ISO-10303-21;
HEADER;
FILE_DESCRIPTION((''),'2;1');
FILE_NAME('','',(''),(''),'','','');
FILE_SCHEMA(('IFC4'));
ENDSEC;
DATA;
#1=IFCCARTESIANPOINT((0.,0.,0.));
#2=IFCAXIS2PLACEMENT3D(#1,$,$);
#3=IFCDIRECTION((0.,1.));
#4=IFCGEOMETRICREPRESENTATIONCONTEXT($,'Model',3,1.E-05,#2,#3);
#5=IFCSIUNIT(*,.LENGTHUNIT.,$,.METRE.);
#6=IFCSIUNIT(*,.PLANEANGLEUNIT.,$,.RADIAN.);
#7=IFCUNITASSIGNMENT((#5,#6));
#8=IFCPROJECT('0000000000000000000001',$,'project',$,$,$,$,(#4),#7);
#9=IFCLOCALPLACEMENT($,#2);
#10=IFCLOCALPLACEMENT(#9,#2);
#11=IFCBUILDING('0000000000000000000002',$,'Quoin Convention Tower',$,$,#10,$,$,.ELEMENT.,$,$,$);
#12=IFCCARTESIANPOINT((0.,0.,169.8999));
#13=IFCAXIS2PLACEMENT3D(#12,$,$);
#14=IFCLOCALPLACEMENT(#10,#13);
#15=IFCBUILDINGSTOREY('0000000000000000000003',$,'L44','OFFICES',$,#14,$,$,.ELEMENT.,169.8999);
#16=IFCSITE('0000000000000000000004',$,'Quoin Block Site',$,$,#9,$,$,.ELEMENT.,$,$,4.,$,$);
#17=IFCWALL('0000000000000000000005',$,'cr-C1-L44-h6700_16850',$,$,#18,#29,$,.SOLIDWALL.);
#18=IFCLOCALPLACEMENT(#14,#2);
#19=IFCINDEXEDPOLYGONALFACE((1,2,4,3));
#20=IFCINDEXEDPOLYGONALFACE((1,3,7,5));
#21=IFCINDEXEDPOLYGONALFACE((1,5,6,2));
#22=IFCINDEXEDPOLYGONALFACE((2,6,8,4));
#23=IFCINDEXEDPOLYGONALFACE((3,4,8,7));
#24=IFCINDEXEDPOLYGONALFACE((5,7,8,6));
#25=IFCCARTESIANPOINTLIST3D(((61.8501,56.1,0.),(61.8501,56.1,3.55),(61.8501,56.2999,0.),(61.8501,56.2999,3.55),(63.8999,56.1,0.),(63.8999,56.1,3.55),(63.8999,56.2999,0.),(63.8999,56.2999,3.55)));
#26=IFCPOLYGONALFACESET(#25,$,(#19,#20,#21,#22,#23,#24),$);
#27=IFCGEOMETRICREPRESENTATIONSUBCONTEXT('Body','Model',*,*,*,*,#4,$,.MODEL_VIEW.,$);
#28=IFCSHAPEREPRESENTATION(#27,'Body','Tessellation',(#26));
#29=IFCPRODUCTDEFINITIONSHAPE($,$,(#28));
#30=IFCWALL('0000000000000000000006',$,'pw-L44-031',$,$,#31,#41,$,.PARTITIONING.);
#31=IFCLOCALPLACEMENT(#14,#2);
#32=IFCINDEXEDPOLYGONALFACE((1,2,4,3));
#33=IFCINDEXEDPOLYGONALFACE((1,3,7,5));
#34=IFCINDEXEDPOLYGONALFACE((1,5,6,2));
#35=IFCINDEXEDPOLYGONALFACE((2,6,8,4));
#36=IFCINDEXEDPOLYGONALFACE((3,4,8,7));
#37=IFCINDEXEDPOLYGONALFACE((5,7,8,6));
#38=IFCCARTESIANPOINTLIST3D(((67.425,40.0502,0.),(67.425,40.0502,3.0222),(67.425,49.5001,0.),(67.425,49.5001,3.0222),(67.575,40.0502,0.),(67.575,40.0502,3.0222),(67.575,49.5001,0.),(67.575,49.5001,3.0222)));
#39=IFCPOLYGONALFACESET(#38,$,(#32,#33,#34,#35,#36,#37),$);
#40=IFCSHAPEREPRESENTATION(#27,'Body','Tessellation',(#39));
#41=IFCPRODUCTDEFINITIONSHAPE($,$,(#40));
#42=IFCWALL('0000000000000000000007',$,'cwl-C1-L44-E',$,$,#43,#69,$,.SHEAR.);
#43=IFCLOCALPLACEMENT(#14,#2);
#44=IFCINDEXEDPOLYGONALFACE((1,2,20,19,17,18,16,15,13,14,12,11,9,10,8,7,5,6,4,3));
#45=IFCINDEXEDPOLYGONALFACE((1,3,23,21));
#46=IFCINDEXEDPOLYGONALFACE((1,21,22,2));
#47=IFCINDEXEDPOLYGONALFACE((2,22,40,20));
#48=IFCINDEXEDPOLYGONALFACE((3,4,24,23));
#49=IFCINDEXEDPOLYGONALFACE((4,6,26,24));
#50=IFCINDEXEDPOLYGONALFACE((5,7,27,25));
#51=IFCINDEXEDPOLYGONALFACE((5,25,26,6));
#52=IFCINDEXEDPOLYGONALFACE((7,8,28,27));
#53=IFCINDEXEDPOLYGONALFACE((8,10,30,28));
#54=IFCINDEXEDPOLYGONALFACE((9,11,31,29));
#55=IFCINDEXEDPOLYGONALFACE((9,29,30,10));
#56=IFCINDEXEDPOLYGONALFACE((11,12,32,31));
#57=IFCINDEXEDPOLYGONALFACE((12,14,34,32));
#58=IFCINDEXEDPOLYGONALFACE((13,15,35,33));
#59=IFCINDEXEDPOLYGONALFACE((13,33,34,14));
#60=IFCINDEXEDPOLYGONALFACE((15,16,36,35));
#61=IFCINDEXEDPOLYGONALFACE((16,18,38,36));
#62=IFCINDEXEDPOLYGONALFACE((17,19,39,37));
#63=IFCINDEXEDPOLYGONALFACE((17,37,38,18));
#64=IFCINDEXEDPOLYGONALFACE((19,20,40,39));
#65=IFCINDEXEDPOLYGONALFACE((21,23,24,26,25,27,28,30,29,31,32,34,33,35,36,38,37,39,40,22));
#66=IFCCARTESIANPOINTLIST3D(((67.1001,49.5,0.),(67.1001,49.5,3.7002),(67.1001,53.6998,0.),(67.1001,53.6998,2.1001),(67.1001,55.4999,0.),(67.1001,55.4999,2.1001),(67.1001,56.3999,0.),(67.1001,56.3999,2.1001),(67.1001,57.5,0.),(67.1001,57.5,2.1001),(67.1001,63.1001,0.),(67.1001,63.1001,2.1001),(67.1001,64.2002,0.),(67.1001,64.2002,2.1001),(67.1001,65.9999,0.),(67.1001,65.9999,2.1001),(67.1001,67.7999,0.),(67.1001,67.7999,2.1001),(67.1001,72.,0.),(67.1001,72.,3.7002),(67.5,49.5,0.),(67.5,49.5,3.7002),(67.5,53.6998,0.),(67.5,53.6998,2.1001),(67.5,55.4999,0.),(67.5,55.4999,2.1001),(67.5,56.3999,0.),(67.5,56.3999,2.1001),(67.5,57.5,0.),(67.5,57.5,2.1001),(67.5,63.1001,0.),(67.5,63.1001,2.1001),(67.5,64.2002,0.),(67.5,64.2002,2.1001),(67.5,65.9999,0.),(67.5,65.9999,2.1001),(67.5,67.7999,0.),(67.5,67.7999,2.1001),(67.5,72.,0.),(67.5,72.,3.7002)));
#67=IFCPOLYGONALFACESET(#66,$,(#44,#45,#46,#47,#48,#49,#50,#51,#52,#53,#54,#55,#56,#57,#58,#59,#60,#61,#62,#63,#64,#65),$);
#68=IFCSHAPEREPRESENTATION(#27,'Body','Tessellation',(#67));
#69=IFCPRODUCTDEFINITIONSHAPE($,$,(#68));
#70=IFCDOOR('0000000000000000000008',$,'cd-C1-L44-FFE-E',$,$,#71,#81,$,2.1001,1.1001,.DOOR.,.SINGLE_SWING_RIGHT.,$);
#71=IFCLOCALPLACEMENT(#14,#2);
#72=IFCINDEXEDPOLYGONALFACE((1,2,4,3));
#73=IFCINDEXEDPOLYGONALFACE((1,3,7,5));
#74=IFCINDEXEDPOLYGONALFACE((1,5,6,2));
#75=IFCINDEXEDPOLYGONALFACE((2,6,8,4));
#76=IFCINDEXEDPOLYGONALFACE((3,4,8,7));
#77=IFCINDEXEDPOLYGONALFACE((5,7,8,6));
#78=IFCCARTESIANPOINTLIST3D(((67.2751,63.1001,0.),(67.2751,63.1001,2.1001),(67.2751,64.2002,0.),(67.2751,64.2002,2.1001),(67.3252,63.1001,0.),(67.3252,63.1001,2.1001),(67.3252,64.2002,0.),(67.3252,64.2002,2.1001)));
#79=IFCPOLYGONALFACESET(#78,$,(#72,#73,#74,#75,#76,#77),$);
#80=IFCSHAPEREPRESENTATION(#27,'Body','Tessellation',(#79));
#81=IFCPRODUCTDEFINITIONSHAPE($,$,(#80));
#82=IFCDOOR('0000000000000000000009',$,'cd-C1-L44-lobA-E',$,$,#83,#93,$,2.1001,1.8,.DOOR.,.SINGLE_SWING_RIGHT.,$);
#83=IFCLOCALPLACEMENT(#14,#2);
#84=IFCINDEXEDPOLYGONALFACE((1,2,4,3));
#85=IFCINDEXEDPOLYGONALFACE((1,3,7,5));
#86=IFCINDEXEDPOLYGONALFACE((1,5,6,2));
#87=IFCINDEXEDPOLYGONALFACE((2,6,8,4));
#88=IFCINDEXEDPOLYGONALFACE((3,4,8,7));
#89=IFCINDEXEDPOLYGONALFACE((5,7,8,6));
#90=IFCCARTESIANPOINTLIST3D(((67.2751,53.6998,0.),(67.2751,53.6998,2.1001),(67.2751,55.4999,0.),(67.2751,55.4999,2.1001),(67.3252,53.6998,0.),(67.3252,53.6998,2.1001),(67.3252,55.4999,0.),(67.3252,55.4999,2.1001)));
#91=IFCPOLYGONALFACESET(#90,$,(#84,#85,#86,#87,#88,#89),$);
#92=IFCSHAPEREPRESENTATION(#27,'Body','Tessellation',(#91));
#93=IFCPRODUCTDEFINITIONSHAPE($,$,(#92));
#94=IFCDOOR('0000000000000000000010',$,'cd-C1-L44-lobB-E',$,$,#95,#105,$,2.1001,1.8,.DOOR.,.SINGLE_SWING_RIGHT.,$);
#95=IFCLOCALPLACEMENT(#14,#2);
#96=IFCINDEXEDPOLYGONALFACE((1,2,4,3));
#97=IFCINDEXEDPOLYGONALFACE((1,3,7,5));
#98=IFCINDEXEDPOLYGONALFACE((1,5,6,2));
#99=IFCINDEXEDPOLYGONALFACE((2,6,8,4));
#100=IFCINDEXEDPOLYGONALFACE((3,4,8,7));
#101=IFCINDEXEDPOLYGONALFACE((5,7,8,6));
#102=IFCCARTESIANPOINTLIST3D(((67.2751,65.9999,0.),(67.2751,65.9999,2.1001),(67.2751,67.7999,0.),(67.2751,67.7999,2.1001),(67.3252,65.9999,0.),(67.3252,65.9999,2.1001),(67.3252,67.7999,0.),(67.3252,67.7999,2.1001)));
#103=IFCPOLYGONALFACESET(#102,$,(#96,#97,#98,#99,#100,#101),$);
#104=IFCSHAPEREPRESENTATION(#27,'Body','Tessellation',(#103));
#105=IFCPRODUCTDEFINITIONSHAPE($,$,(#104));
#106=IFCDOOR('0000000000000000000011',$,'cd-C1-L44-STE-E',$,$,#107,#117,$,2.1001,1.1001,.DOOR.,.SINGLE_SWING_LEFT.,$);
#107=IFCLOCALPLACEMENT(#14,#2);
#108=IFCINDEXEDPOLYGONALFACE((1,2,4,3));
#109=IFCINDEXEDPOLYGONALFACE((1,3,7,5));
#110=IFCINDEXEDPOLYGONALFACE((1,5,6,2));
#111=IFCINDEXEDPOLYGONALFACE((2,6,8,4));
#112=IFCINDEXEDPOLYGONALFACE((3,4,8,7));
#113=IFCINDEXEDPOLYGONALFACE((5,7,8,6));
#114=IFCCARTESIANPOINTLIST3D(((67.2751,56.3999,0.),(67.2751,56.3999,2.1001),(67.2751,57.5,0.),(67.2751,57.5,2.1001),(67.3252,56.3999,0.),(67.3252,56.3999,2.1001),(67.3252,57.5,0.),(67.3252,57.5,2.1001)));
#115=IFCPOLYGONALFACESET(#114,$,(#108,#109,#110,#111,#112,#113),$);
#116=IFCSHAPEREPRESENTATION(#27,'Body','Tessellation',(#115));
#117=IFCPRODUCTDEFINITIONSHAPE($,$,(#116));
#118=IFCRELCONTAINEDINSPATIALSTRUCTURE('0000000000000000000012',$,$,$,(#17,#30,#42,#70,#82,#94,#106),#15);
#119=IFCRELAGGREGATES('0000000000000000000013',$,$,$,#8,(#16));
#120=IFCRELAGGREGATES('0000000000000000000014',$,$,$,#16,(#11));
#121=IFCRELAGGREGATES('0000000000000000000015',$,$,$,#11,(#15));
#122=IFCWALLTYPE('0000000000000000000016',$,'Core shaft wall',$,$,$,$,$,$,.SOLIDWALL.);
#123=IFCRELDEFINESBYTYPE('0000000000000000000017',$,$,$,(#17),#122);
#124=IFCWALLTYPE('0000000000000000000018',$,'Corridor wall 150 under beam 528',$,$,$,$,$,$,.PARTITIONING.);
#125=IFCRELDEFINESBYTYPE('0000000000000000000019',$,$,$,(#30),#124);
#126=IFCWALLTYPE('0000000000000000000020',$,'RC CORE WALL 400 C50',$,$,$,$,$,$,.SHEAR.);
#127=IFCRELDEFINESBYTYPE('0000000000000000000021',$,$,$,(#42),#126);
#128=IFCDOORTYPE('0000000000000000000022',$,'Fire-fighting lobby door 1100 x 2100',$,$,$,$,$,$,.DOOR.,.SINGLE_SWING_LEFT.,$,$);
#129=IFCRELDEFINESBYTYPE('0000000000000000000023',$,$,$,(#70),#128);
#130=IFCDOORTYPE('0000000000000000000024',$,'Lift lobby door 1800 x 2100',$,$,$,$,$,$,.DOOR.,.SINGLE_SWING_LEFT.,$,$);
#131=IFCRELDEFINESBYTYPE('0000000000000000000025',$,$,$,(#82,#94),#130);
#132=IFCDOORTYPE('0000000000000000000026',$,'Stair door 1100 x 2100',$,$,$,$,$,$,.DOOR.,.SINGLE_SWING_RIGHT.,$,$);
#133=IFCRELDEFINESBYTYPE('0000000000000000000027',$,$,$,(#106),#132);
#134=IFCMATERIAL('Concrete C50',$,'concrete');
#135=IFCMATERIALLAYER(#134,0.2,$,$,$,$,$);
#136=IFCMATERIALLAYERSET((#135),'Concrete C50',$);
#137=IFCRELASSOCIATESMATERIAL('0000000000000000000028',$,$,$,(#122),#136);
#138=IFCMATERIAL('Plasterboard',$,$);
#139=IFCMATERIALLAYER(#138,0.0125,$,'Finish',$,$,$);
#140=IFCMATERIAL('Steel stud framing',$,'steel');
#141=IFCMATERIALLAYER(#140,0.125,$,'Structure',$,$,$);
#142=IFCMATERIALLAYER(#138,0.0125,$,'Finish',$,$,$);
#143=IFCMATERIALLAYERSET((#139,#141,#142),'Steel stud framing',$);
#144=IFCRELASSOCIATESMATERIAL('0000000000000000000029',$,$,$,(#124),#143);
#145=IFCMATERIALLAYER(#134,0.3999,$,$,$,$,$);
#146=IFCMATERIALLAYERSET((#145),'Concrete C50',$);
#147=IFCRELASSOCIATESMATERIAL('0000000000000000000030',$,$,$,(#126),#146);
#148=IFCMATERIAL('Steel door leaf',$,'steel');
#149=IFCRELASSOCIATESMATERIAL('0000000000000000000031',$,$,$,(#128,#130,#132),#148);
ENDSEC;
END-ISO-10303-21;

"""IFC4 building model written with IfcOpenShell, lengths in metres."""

from ifc_helpers import new_model, si_unit, direction, frame, frame_2d, origin, place, context, subcontext, project, spatial, rectangle, extrude, material, layer, layer_set, type_object, element, fill, save


model = new_model("IFC4")

# Units and contexts
model_context = context("Model", 3, precision=1e-05, world=origin(), true_north=direction((0.0, 1.0)))
body_context = subcontext(model_context, "Body", "Model", "MODEL_VIEW")
ifc_project = project(units=[si_unit("LENGTHUNIT", "METRE"), si_unit("PLANEANGLEUNIT", "RADIAN")], contexts=[model_context])

# Site, building, storey
site_placement = place(None, origin())
site = spatial("IfcSite", under=ifc_project, at=site_placement, Name="Quoin Block Site", CompositionType="ELEMENT", RefElevation=4.0)
building_placement = place(site_placement, origin())
building = spatial("IfcBuilding", under=site, at=building_placement, Name="Quoin Convention Tower", CompositionType="ELEMENT")
storey_placement = place(building_placement, frame((0.0, 0.0, 169.8999)))
storey = spatial("IfcBuildingStorey", under=building, at=storey_placement, Name="L44", Description="OFFICES", CompositionType="ELEMENT", Elevation=169.8999)

# Shared definitions
ifc_material_1 = material(Name="Concrete C50", Category="concrete")

# Walls
ifc_material_2 = material(Name="Plasterboard")
ifc_material_3 = material(Name="Steel stud framing", Category="steel")
ifc_layer_1 = layer(ifc_material_1, 0.2)
ifc_layer_set_1 = layer_set([ifc_layer_1], Name="Concrete C50")
wall_type_1 = type_object("IfcWallType", Name="Core shaft wall", PredefinedType="SOLIDWALL", material=ifc_layer_set_1)
wall_1_placement = place(storey_placement, frame((61.8501, 56.2, 0.0), z_axis=(0.0, 0.0, 1.0), x_axis=(1.0, 0.0, 0.0)))
element("IfcWall", 1, at=wall_1_placement, inside=storey, type_object=wall_type_1, Name="cr-C1-L44-h6700_16850", PredefinedType="SOLIDWALL", context=body_context, shape_type="SweptSolid", body=[
    extrude(rectangle(XDim=2.0498, YDim=0.2, at=frame_2d((1.0249, 0.0))), origin(), (0.0, 0.0, 1.0), 3.55),
])
ifc_layer_2 = layer(ifc_material_2, 0.0125, Name="Finish")
ifc_layer_3 = layer(ifc_material_3, 0.125, Name="Structure")
ifc_layer_4 = layer(ifc_material_2, 0.0125, Name="Finish")
ifc_layer_set_2 = layer_set([ifc_layer_2, ifc_layer_3, ifc_layer_4], Name="Steel stud framing")
wall_type_2 = type_object("IfcWallType", Name="Corridor wall 150 under beam 528", PredefinedType="PARTITIONING", material=ifc_layer_set_2)
wall_2_placement = place(storey_placement, frame((67.5, 40.05, 0.0), z_axis=(0.0, 0.0, 1.0), x_axis=(0.0, 1.0, 0.0)))
element("IfcWall", 2, at=wall_2_placement, inside=storey, type_object=wall_type_2, Name="pw-L44-031", PredefinedType="PARTITIONING", context=body_context, shape_type="SweptSolid", body=[
    extrude(rectangle(XDim=9.45, YDim=0.1499, at=frame_2d((4.7251, 0.0))), origin(), (0.0, 0.0, 1.0), 3.0222),
])

# Wall, openings, doors
ifc_layer_5 = layer(ifc_material_1, 0.3999)
ifc_layer_set_3 = layer_set([ifc_layer_5], Name="Concrete C50")
wall_type_3 = type_object("IfcWallType", Name="RC CORE WALL 400 C50", PredefinedType="SHEAR", material=ifc_layer_set_3)
wall_3_placement = place(storey_placement, frame((67.3, 49.5, 0.0), z_axis=(0.0, 0.0, 1.0), x_axis=(0.0, 1.0, 0.0)))
wall_3 = element("IfcWall", 3, at=wall_3_placement, inside=storey, type_object=wall_type_3, Name="cwl-C1-L44-E", PredefinedType="SHEAR", context=body_context, shape_type="SweptSolid", body=[
    extrude(rectangle(XDim=22.5, YDim=0.3999, at=frame_2d((11.25, 0.0))), origin(), (0.0, 0.0, 1.0), 3.7002),
])
opening_1_placement = place(wall_3_placement, frame((4.2, 0.0, 0.0)))
opening_1 = element("IfcOpeningElement", 4, at=opening_1_placement, cuts=wall_3, PredefinedType="OPENING", context=body_context, shape_type="SweptSolid", body=[
    extrude(rectangle(XDim=1.8, YDim=2.1001, at=frame_2d((0.8999, 1.05))), frame((0.0, 0.21, 0.0), z_axis=(0.0, -1.0, 0.0), x_axis=(1.0, 0.0, 0.0)), (0.0, 0.0, 1.0), 0.4199),
])
opening_2_placement = place(wall_3_placement, frame((6.8999, 0.0, 0.0)))
opening_2 = element("IfcOpeningElement", 5, at=opening_2_placement, cuts=wall_3, PredefinedType="OPENING", context=body_context, shape_type="SweptSolid", body=[
    extrude(rectangle(XDim=1.1001, YDim=2.1001, at=frame_2d((0.55, 1.05))), frame((0.0, 0.21, 0.0), z_axis=(0.0, -1.0, 0.0), x_axis=(1.0, 0.0, 0.0)), (0.0, 0.0, 1.0), 0.4199),
])
opening_3_placement = place(wall_3_placement, frame((13.6001, 0.0, 0.0)))
opening_3 = element("IfcOpeningElement", 6, at=opening_3_placement, cuts=wall_3, PredefinedType="OPENING", context=body_context, shape_type="SweptSolid", body=[
    extrude(rectangle(XDim=1.1001, YDim=2.1001, at=frame_2d((0.55, 1.05))), frame((0.0, 0.21, 0.0), z_axis=(0.0, -1.0, 0.0), x_axis=(1.0, 0.0, 0.0)), (0.0, 0.0, 1.0), 0.4199),
])
opening_4_placement = place(wall_3_placement, frame((16.5, 0.0, 0.0)))
opening_4 = element("IfcOpeningElement", 7, at=opening_4_placement, cuts=wall_3, PredefinedType="OPENING", context=body_context, shape_type="SweptSolid", body=[
    extrude(rectangle(XDim=1.8, YDim=2.1001, at=frame_2d((0.8999, 1.05))), frame((0.0, 0.21, 0.0), z_axis=(0.0, -1.0, 0.0), x_axis=(1.0, 0.0, 0.0)), (0.0, 0.0, 1.0), 0.4199),
])
ifc_material_4 = material(Name="Steel door leaf", Category="steel")
door_type_1 = type_object("IfcDoorType", Name="Fire-fighting lobby door 1100 x 2100", OperationType="SINGLE_SWING_LEFT", PredefinedType="DOOR", material=ifc_material_4)
door_1_placement = place(opening_3_placement, origin())
door_1 = element("IfcDoor", 8, at=door_1_placement, inside=storey, type_object=door_type_1, Name="cd-C1-L44-FFE-E", OperationType="SINGLE_SWING_RIGHT", OverallHeight=2.1001, OverallWidth=1.1001, PredefinedType="DOOR", context=body_context, shape_type="SweptSolid", body=[
    extrude(rectangle(XDim=1.1001, YDim=2.1001, at=frame_2d((0.55, 1.05))), frame((0.0, 0.0249, 0.0), z_axis=(0.0, -1.0, 0.0), x_axis=(1.0, 0.0, 0.0)), (0.0, 0.0, 1.0), 0.05),
])
fill(opening_3, door_1)
door_type_2 = type_object("IfcDoorType", Name="Lift lobby door 1800 x 2100", OperationType="SINGLE_SWING_LEFT", PredefinedType="DOOR", material=ifc_material_4)
door_2_placement = place(opening_1_placement, origin())
door_2 = element("IfcDoor", 9, at=door_2_placement, inside=storey, type_object=door_type_2, Name="cd-C1-L44-lobA-E", OperationType="SINGLE_SWING_RIGHT", OverallHeight=2.1001, OverallWidth=1.8, PredefinedType="DOOR", context=body_context, shape_type="SweptSolid", body=[
    extrude(rectangle(XDim=1.8, YDim=2.1001, at=frame_2d((0.8999, 1.05))), frame((0.0, 0.0249, 0.0), z_axis=(0.0, -1.0, 0.0), x_axis=(1.0, 0.0, 0.0)), (0.0, 0.0, 1.0), 0.05),
])
fill(opening_1, door_2)
door_3_placement = place(opening_4_placement, origin())
door_3 = element("IfcDoor", 10, at=door_3_placement, inside=storey, type_object=door_type_2, Name="cd-C1-L44-lobB-E", OperationType="SINGLE_SWING_RIGHT", OverallHeight=2.1001, OverallWidth=1.8, PredefinedType="DOOR", context=body_context, shape_type="SweptSolid", body=[
    extrude(rectangle(XDim=1.8, YDim=2.1001, at=frame_2d((0.8999, 1.05))), frame((0.0, 0.0249, 0.0), z_axis=(0.0, -1.0, 0.0), x_axis=(1.0, 0.0, 0.0)), (0.0, 0.0, 1.0), 0.05),
])
fill(opening_4, door_3)
door_type_3 = type_object("IfcDoorType", Name="Stair door 1100 x 2100", OperationType="SINGLE_SWING_RIGHT", PredefinedType="DOOR", material=ifc_material_4)
door_4_placement = place(opening_2_placement, origin())
door_4 = element("IfcDoor", 11, at=door_4_placement, inside=storey, type_object=door_type_3, Name="cd-C1-L44-STE-E", OperationType="SINGLE_SWING_LEFT", OverallHeight=2.1001, OverallWidth=1.1001, PredefinedType="DOOR", context=body_context, shape_type="SweptSolid", body=[
    extrude(rectangle(XDim=1.1001, YDim=2.1001, at=frame_2d((0.55, 1.05))), frame((0.0, 0.0249, 0.0), z_axis=(0.0, -1.0, 0.0), x_axis=(1.0, 0.0, 0.0)), (0.0, 0.0, 1.0), 0.05),
])
fill(opening_2, door_4)

save(model, "model.ifc")
